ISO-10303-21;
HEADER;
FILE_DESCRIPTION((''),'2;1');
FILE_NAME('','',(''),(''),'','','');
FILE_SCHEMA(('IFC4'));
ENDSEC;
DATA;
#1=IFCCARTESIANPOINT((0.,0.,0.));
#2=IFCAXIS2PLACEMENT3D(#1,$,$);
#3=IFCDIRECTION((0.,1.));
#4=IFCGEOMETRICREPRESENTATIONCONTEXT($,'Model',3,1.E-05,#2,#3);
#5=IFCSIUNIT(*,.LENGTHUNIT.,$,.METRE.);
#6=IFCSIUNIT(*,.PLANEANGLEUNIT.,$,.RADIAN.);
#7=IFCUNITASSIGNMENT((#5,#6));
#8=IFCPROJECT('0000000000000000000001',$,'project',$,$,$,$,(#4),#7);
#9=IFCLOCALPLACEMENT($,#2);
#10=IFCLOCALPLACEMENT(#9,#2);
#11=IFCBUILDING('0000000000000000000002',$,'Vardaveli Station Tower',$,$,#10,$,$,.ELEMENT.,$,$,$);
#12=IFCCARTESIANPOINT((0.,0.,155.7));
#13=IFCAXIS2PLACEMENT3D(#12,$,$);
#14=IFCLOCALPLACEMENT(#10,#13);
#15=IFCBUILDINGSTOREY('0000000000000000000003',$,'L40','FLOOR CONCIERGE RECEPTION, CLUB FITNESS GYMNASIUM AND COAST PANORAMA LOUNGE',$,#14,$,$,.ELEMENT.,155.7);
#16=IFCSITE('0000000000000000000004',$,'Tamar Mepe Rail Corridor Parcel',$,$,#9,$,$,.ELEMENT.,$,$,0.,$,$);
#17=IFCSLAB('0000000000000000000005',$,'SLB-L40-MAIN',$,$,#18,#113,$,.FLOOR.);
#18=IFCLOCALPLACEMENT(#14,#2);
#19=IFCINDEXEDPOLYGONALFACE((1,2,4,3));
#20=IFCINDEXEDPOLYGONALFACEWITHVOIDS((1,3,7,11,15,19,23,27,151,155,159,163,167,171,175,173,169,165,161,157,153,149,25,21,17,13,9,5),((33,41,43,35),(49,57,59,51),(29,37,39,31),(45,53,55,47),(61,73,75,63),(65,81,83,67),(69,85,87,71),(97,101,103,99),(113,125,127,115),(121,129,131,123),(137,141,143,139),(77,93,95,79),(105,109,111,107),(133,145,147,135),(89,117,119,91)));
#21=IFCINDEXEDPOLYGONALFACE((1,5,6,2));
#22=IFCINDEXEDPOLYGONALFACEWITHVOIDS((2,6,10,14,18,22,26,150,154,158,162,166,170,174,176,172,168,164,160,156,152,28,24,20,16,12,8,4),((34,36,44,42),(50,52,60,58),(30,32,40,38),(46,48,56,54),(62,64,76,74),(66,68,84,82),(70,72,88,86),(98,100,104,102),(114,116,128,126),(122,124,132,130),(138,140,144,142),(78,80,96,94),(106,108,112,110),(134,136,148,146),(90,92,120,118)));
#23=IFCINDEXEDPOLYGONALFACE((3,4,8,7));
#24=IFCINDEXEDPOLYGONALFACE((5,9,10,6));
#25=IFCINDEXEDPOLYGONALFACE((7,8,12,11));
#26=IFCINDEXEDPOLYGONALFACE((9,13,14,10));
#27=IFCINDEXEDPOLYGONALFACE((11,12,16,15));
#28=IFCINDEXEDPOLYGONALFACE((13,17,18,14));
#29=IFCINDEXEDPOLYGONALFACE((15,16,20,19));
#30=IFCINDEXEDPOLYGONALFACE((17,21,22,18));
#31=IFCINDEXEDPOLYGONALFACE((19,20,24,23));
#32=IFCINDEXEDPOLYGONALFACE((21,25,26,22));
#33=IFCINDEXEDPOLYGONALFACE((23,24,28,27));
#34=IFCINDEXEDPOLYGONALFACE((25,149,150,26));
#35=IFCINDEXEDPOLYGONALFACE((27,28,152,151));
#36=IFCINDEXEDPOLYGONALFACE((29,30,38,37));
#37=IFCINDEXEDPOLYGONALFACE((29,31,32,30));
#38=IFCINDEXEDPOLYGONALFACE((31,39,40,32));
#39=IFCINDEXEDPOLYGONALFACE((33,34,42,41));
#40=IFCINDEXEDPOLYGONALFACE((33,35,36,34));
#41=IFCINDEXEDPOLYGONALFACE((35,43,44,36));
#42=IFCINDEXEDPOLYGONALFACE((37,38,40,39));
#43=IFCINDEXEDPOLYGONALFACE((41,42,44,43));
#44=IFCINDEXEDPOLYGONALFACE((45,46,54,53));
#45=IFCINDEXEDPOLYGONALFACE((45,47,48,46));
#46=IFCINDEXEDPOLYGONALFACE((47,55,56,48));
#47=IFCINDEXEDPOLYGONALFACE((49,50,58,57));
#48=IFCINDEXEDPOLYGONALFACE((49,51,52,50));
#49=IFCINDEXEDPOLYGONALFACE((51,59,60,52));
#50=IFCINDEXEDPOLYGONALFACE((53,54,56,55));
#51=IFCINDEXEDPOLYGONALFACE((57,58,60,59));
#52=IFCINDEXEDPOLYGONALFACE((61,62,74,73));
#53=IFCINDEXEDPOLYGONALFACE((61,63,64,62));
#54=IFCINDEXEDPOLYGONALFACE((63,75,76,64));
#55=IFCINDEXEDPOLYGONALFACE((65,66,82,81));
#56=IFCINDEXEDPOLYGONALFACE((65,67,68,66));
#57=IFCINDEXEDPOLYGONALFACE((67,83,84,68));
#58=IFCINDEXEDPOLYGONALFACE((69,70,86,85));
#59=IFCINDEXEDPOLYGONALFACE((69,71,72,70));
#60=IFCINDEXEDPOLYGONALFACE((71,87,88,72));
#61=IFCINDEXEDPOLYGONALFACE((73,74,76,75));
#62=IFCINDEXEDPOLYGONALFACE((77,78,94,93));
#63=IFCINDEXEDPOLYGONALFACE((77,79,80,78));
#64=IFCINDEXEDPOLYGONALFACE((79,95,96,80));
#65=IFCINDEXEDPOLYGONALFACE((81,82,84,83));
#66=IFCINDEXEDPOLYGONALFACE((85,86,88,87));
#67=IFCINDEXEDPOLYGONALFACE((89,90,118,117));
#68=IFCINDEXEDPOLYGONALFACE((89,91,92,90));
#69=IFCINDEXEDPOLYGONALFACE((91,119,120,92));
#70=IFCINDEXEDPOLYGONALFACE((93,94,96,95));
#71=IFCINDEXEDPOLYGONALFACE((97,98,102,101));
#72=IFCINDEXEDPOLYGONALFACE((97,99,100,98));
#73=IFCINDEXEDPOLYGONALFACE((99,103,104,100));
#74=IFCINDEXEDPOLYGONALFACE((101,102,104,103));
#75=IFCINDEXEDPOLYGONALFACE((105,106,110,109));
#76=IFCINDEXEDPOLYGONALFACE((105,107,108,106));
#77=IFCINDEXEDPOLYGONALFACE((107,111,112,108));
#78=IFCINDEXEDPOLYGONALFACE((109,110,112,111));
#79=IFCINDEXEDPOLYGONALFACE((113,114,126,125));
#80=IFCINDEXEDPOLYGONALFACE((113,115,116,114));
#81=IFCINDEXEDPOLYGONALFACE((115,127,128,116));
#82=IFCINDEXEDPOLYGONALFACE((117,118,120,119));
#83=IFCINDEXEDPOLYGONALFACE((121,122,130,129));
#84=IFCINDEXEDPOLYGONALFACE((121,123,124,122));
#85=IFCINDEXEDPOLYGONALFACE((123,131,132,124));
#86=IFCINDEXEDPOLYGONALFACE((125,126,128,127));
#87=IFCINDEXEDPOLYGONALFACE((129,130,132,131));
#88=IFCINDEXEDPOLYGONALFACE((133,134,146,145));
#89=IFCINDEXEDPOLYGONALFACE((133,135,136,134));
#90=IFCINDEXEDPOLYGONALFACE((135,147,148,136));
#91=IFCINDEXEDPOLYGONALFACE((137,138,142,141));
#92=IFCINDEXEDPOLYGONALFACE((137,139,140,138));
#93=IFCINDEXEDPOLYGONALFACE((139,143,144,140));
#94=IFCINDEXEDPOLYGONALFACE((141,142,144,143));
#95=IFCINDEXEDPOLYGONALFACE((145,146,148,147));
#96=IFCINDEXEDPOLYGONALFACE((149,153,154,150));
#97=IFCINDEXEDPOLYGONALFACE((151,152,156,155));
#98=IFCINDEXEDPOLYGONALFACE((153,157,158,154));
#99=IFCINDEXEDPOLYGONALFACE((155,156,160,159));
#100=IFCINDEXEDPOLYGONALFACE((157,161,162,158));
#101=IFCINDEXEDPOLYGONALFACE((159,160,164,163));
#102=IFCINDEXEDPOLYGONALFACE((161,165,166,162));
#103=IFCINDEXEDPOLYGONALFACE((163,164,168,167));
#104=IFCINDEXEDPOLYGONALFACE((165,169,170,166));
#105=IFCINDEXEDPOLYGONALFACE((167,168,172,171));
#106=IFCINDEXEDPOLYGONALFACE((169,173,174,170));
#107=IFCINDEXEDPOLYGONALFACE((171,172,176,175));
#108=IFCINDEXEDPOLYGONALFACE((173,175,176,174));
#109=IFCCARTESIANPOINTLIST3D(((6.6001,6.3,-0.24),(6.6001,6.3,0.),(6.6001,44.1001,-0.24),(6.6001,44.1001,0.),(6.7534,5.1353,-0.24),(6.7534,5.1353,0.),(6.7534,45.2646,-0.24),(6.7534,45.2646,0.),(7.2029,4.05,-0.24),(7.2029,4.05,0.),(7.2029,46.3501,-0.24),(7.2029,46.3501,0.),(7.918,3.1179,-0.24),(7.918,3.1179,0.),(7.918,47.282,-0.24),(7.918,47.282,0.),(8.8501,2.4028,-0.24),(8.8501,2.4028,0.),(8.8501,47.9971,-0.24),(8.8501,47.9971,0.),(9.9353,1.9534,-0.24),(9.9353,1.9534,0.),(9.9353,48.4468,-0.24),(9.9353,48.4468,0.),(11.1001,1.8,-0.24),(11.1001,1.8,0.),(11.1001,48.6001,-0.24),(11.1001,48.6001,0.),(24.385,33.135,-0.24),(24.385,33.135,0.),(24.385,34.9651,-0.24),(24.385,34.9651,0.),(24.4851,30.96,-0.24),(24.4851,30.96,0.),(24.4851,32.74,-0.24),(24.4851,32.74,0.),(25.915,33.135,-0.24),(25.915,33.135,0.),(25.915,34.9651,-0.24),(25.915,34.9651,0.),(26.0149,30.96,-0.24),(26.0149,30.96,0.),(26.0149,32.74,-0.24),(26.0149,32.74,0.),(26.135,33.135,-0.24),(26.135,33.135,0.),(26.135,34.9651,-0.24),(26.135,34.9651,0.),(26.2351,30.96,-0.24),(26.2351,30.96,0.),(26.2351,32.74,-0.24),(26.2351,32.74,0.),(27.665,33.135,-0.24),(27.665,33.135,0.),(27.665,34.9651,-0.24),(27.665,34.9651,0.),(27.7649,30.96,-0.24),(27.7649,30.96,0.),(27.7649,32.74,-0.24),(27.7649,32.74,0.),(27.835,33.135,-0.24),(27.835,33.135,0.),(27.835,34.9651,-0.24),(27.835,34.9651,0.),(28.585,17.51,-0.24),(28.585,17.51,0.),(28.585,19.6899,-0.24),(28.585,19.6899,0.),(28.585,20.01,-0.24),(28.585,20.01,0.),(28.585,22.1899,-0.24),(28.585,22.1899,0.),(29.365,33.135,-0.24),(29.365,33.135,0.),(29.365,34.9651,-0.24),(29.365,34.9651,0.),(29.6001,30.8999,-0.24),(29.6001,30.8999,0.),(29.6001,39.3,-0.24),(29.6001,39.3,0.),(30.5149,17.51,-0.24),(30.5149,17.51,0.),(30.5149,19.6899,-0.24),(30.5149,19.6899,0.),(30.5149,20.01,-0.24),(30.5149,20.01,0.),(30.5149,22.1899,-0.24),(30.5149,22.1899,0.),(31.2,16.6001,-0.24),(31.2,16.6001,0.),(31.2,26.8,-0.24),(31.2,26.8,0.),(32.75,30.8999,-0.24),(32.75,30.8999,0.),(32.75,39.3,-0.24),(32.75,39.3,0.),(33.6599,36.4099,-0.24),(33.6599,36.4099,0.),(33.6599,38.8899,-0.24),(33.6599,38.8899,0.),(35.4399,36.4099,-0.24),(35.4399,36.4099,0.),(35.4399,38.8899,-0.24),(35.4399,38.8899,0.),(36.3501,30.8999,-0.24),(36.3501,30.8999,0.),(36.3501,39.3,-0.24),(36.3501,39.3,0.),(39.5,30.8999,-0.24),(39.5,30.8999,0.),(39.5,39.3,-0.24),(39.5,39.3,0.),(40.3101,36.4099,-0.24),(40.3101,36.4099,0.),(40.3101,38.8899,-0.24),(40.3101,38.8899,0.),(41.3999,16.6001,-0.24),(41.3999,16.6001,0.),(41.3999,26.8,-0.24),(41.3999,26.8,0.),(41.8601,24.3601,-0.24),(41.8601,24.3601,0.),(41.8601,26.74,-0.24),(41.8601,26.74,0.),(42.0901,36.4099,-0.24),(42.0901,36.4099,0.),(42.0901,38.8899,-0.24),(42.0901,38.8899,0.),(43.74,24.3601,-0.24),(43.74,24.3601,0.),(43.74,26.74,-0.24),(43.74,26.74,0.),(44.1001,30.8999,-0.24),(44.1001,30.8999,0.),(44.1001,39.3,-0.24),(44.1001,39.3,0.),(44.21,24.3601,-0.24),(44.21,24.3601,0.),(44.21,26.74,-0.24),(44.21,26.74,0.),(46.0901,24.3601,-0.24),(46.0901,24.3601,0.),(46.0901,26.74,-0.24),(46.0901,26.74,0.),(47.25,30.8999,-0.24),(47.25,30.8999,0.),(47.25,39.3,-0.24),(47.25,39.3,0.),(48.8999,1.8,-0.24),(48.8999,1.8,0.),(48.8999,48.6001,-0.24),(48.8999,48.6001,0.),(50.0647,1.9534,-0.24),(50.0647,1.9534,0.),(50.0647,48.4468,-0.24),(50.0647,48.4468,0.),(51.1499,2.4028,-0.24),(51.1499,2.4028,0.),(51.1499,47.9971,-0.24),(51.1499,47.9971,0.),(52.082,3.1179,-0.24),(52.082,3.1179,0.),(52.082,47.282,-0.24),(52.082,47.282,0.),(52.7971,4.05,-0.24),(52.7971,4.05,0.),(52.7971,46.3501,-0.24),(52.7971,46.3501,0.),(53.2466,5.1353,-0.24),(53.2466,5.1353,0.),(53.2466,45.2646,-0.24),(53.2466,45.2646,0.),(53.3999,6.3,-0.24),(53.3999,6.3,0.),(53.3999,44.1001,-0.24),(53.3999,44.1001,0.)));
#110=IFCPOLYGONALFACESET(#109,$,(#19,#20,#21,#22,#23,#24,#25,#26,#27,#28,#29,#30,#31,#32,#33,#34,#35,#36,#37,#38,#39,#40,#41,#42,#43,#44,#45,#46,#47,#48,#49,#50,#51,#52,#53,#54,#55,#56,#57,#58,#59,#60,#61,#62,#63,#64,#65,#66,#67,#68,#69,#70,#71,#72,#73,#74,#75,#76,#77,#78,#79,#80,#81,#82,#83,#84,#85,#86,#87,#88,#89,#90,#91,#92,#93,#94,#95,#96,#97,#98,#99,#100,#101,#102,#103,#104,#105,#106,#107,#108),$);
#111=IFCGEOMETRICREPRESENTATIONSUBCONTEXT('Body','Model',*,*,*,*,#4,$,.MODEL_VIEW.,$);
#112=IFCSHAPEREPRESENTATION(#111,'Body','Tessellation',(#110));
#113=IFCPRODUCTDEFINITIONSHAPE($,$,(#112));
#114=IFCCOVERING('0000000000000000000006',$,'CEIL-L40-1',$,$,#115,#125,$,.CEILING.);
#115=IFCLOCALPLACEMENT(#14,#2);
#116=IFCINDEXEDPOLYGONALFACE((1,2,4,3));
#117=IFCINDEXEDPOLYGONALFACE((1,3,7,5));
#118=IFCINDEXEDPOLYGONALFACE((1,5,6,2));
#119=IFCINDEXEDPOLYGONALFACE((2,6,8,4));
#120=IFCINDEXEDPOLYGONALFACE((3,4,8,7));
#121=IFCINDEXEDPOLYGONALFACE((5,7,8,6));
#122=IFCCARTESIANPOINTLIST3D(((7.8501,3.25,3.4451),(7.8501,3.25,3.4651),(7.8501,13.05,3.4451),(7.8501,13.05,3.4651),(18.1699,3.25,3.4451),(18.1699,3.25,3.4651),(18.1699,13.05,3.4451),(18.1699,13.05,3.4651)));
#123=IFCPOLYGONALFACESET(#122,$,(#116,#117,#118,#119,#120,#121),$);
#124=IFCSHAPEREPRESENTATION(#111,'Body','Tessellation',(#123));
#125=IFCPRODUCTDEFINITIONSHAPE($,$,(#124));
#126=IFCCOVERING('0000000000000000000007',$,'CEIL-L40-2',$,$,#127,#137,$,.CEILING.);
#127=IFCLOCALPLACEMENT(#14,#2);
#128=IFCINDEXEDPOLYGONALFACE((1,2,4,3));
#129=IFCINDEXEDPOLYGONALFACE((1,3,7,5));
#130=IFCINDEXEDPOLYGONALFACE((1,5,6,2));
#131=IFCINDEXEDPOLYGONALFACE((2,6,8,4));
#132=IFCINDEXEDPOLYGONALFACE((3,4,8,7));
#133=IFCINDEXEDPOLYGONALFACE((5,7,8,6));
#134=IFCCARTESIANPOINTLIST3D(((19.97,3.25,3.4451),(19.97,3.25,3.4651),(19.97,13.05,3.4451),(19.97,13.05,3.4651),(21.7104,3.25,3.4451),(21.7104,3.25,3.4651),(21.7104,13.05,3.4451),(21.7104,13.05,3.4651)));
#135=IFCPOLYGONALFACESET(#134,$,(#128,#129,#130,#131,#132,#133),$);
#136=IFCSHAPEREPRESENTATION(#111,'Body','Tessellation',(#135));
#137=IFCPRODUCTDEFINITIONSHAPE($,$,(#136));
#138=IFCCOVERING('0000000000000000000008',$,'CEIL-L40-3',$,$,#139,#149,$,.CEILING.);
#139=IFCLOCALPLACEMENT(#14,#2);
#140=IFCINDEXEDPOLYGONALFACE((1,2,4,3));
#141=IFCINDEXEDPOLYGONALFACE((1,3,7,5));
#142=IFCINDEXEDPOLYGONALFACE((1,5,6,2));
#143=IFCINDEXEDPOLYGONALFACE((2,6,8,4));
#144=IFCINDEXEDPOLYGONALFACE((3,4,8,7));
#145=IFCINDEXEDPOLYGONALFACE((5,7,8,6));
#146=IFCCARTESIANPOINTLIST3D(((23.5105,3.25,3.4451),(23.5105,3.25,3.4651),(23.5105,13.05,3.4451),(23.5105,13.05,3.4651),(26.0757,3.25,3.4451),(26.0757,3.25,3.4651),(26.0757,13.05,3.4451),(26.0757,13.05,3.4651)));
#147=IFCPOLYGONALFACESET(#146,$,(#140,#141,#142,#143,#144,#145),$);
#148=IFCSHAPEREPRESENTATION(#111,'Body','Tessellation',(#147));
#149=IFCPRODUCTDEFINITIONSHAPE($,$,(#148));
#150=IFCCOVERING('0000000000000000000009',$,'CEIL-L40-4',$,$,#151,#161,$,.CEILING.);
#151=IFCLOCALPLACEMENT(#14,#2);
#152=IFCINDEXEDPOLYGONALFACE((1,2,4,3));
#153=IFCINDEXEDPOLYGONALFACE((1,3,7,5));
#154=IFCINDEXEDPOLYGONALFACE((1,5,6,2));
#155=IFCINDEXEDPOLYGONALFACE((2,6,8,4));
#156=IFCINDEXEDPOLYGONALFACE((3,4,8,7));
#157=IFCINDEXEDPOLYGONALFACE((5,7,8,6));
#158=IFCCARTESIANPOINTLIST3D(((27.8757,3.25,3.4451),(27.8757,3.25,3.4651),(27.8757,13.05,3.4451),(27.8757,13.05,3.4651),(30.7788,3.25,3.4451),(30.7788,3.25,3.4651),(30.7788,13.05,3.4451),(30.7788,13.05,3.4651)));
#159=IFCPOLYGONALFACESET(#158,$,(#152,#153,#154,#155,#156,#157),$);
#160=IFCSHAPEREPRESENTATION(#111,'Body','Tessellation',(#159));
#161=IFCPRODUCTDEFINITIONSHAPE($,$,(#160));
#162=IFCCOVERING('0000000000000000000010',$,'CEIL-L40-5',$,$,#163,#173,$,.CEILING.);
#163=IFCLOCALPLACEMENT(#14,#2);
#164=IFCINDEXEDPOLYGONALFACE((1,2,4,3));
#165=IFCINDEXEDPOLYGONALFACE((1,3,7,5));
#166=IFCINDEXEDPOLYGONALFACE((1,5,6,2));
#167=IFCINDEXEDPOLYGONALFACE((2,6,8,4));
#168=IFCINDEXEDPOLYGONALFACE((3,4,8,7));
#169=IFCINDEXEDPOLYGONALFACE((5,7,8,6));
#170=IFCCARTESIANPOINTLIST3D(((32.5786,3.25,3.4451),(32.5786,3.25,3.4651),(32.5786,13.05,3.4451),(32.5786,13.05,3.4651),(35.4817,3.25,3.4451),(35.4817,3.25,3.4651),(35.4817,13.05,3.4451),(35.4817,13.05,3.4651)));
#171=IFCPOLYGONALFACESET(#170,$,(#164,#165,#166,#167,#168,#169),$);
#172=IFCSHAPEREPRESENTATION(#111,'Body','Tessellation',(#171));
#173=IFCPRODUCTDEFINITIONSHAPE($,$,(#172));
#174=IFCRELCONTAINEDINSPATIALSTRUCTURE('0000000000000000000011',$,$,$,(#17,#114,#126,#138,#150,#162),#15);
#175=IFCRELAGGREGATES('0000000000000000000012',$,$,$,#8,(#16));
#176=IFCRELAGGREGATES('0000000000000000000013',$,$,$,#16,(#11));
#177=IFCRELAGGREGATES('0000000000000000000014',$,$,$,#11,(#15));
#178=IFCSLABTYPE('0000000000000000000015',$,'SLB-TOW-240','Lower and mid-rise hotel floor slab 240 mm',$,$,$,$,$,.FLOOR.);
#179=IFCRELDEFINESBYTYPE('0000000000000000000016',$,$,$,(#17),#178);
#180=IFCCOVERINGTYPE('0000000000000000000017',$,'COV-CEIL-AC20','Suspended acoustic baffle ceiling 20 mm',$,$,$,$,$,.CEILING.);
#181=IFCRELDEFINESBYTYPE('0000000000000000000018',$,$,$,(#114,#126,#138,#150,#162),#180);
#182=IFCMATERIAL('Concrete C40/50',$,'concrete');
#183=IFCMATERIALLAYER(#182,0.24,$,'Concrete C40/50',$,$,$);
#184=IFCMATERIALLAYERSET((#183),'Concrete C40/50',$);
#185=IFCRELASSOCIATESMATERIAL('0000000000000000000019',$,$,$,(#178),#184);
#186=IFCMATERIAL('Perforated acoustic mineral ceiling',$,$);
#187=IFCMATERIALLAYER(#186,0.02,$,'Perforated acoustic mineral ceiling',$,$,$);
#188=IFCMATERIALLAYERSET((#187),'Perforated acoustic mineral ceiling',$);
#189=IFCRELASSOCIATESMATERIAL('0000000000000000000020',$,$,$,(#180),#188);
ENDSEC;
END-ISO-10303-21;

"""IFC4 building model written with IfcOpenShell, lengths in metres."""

from ifc_helpers import new_model, si_unit, direction, frame, origin, place, context, subcontext, project, spatial, polyline, outline, extrude, material, layer, layer_set, type_object, element, save


model = new_model("IFC4")

# Units and contexts
model_context = context("Model", 3, precision=1e-05, world=origin(), true_north=direction((0.0, 1.0)))
body_context = subcontext(model_context, "Body", "Model", "MODEL_VIEW")
ifc_project = project(units=[si_unit("LENGTHUNIT", "METRE"), si_unit("PLANEANGLEUNIT", "RADIAN")], contexts=[model_context])

# Site, building, storey
site_placement = place(None, origin())
site = spatial("IfcSite", under=ifc_project, at=site_placement, Name="Tamar Mepe Rail Corridor Parcel", CompositionType="ELEMENT", RefElevation=0.0)
building_placement = place(site_placement, origin())
building = spatial("IfcBuilding", under=site, at=building_placement, Name="Vardaveli Station Tower", CompositionType="ELEMENT")
storey_placement = place(building_placement, frame((0.0, 0.0, 155.7)))
storey = spatial("IfcBuildingStorey", under=building, at=storey_placement, Name="L40", Description="FLOOR CONCIERGE RECEPTION, CLUB FITNESS GYMNASIUM AND COAST PANORAMA LOUNGE", CompositionType="ELEMENT", Elevation=155.7)

# Shared definitions
ifc_material_1 = material(Name="Concrete C40/50", Category="concrete")

# Slab
ifc_layer_1 = layer(ifc_material_1, 0.24, Name="Concrete C40/50")
ifc_layer_set_1 = layer_set([ifc_layer_1], Name="Concrete C40/50")
slab_type_1 = type_object("IfcSlabType", Name="SLB-TOW-240", Description="Lower and mid-rise hotel floor slab 240 mm", PredefinedType="FLOOR", material=ifc_layer_set_1)
slab_1_placement = place(storey_placement, frame((0.0, 0.0, -0.24)))
element("IfcSlab", 1, at=slab_1_placement, inside=storey, type_object=slab_type_1, Name="SLB-L40-MAIN", PredefinedType="FLOOR", context=body_context, shape_type="SweptSolid", body=[
    extrude(outline(polyline([(6.6001, 6.3), (6.7534, 5.1353), (7.2029, 4.05), (7.918, 3.1179), (8.8501, 2.4028), (9.9353, 1.9534), (11.1001, 1.8), (48.8999, 1.8), (50.0647, 1.9534), (51.1499, 2.4028), (52.082, 3.1179), (52.7971, 4.05), (53.2466, 5.1353), (53.3999, 6.3), (53.3999, 44.1001), (53.2466, 45.2646), (52.7971, 46.3501), (52.082, 47.282), (51.1499, 47.9971), (50.0647, 48.4468), (48.8999, 48.6001), (11.1001, 48.6001), (9.9353, 48.4468), (8.8501, 47.9971), (7.918, 47.282), (7.2029, 46.3501), (6.7534, 45.2646), (6.6001, 44.1001), (6.6001, 6.3)]), holes=[polyline([(31.2, 16.6001), (41.3999, 16.6001), (41.3999, 26.8), (31.2, 26.8), (31.2, 16.6001)]), polyline([(32.75, 30.8999), (32.75, 39.3), (29.6001, 39.3), (29.6001, 30.8999), (32.75, 30.8999)]), polyline([(39.5, 30.8999), (39.5, 39.3), (36.3501, 39.3), (36.3501, 30.8999), (39.5, 30.8999)]), polyline([(47.25, 30.8999), (47.25, 39.3), (44.1001, 39.3), (44.1001, 30.8999), (47.25, 30.8999)]), polyline([(24.385, 33.135), (25.915, 33.135), (25.915, 34.9651), (24.385, 34.9651), (24.385, 33.135)]), polyline([(26.135, 33.135), (27.665, 33.135), (27.665, 34.9651), (26.135, 34.9651), (26.135, 33.135)]), polyline([(27.835, 33.135), (29.365, 33.135), (29.365, 34.9651), (27.835, 34.9651), (27.835, 33.135)]), polyline([(33.6599, 36.4099), (35.4399, 36.4099), (35.4399, 38.8899), (33.6599, 38.8899), (33.6599, 36.4099)]), polyline([(40.3101, 36.4099), (42.0901, 36.4099), (42.0901, 38.8899), (40.3101, 38.8899), (40.3101, 36.4099)]), polyline([(24.4851, 30.96), (26.0149, 30.96), (26.0149, 32.74), (24.4851, 32.74), (24.4851, 30.96)]), polyline([(26.2351, 30.96), (27.7649, 30.96), (27.7649, 32.74), (26.2351, 32.74), (26.2351, 30.96)]), polyline([(28.585, 17.51), (30.5149, 17.51), (30.5149, 19.6899), (28.585, 19.6899), (28.585, 17.51)]), polyline([(28.585, 20.01), (30.5149, 20.01), (30.5149, 22.1899), (28.585, 22.1899), (28.585, 20.01)]), polyline([(41.8601, 24.3601), (43.74, 24.3601), (43.74, 26.74), (41.8601, 26.74), (41.8601, 24.3601)]), polyline([(44.21, 24.3601), (46.0901, 24.3601), (46.0901, 26.74), (44.21, 26.74), (44.21, 24.3601)])]), origin(), (0.0, 0.0, 1.0), 0.24),
])

# Coverings
ifc_material_2 = material(Name="Perforated acoustic mineral ceiling")
ifc_layer_2 = layer(ifc_material_2, 0.02, Name="Perforated acoustic mineral ceiling")
ifc_layer_set_2 = layer_set([ifc_layer_2], Name="Perforated acoustic mineral ceiling")
covering_type_1 = type_object("IfcCoveringType", Name="COV-CEIL-AC20", Description="Suspended acoustic baffle ceiling 20 mm", PredefinedType="CEILING", material=ifc_layer_set_2)
covering_1_placement = place(storey_placement, frame((0.0, 0.0, 3.4451)))
element("IfcCovering", 2, at=covering_1_placement, inside=storey, type_object=covering_type_1, Name="CEIL-L40-1", PredefinedType="CEILING", context=body_context, shape_type="SweptSolid", body=[
    extrude(outline(polyline([(7.8501, 3.25), (18.1699, 3.25), (18.1699, 13.05), (7.8501, 13.05), (7.8501, 3.25)])), origin(), (0.0, 0.0, 1.0), 0.02),
])
covering_2_placement = place(storey_placement, frame((0.0, 0.0, 3.4451)))
element("IfcCovering", 3, at=covering_2_placement, inside=storey, type_object=covering_type_1, Name="CEIL-L40-2", PredefinedType="CEILING", context=body_context, shape_type="SweptSolid", body=[
    extrude(outline(polyline([(19.97, 3.25), (21.7104, 3.25), (21.7104, 13.05), (19.97, 13.05), (19.97, 3.25)])), origin(), (0.0, 0.0, 1.0), 0.02),
])
covering_3_placement = place(storey_placement, frame((0.0, 0.0, 3.4451)))
element("IfcCovering", 4, at=covering_3_placement, inside=storey, type_object=covering_type_1, Name="CEIL-L40-3", PredefinedType="CEILING", context=body_context, shape_type="SweptSolid", body=[
    extrude(outline(polyline([(23.5105, 3.25), (26.0757, 3.25), (26.0757, 13.05), (23.5105, 13.05), (23.5105, 3.25)])), origin(), (0.0, 0.0, 1.0), 0.02),
])
covering_4_placement = place(storey_placement, frame((0.0, 0.0, 3.4451)))
element("IfcCovering", 5, at=covering_4_placement, inside=storey, type_object=covering_type_1, Name="CEIL-L40-4", PredefinedType="CEILING", context=body_context, shape_type="SweptSolid", body=[
    extrude(outline(polyline([(27.8757, 3.25), (30.7788, 3.25), (30.7788, 13.05), (27.8757, 13.05), (27.8757, 3.25)])), origin(), (0.0, 0.0, 1.0), 0.02),
])
covering_5_placement = place(storey_placement, frame((0.0, 0.0, 3.4451)))
element("IfcCovering", 6, at=covering_5_placement, inside=storey, type_object=covering_type_1, Name="CEIL-L40-5", PredefinedType="CEILING", context=body_context, shape_type="SweptSolid", body=[
    extrude(outline(polyline([(32.5786, 3.25), (35.4817, 3.25), (35.4817, 13.05), (32.5786, 13.05), (32.5786, 3.25)])), origin(), (0.0, 0.0, 1.0), 0.02),
])

save(model, "model.ifc")
